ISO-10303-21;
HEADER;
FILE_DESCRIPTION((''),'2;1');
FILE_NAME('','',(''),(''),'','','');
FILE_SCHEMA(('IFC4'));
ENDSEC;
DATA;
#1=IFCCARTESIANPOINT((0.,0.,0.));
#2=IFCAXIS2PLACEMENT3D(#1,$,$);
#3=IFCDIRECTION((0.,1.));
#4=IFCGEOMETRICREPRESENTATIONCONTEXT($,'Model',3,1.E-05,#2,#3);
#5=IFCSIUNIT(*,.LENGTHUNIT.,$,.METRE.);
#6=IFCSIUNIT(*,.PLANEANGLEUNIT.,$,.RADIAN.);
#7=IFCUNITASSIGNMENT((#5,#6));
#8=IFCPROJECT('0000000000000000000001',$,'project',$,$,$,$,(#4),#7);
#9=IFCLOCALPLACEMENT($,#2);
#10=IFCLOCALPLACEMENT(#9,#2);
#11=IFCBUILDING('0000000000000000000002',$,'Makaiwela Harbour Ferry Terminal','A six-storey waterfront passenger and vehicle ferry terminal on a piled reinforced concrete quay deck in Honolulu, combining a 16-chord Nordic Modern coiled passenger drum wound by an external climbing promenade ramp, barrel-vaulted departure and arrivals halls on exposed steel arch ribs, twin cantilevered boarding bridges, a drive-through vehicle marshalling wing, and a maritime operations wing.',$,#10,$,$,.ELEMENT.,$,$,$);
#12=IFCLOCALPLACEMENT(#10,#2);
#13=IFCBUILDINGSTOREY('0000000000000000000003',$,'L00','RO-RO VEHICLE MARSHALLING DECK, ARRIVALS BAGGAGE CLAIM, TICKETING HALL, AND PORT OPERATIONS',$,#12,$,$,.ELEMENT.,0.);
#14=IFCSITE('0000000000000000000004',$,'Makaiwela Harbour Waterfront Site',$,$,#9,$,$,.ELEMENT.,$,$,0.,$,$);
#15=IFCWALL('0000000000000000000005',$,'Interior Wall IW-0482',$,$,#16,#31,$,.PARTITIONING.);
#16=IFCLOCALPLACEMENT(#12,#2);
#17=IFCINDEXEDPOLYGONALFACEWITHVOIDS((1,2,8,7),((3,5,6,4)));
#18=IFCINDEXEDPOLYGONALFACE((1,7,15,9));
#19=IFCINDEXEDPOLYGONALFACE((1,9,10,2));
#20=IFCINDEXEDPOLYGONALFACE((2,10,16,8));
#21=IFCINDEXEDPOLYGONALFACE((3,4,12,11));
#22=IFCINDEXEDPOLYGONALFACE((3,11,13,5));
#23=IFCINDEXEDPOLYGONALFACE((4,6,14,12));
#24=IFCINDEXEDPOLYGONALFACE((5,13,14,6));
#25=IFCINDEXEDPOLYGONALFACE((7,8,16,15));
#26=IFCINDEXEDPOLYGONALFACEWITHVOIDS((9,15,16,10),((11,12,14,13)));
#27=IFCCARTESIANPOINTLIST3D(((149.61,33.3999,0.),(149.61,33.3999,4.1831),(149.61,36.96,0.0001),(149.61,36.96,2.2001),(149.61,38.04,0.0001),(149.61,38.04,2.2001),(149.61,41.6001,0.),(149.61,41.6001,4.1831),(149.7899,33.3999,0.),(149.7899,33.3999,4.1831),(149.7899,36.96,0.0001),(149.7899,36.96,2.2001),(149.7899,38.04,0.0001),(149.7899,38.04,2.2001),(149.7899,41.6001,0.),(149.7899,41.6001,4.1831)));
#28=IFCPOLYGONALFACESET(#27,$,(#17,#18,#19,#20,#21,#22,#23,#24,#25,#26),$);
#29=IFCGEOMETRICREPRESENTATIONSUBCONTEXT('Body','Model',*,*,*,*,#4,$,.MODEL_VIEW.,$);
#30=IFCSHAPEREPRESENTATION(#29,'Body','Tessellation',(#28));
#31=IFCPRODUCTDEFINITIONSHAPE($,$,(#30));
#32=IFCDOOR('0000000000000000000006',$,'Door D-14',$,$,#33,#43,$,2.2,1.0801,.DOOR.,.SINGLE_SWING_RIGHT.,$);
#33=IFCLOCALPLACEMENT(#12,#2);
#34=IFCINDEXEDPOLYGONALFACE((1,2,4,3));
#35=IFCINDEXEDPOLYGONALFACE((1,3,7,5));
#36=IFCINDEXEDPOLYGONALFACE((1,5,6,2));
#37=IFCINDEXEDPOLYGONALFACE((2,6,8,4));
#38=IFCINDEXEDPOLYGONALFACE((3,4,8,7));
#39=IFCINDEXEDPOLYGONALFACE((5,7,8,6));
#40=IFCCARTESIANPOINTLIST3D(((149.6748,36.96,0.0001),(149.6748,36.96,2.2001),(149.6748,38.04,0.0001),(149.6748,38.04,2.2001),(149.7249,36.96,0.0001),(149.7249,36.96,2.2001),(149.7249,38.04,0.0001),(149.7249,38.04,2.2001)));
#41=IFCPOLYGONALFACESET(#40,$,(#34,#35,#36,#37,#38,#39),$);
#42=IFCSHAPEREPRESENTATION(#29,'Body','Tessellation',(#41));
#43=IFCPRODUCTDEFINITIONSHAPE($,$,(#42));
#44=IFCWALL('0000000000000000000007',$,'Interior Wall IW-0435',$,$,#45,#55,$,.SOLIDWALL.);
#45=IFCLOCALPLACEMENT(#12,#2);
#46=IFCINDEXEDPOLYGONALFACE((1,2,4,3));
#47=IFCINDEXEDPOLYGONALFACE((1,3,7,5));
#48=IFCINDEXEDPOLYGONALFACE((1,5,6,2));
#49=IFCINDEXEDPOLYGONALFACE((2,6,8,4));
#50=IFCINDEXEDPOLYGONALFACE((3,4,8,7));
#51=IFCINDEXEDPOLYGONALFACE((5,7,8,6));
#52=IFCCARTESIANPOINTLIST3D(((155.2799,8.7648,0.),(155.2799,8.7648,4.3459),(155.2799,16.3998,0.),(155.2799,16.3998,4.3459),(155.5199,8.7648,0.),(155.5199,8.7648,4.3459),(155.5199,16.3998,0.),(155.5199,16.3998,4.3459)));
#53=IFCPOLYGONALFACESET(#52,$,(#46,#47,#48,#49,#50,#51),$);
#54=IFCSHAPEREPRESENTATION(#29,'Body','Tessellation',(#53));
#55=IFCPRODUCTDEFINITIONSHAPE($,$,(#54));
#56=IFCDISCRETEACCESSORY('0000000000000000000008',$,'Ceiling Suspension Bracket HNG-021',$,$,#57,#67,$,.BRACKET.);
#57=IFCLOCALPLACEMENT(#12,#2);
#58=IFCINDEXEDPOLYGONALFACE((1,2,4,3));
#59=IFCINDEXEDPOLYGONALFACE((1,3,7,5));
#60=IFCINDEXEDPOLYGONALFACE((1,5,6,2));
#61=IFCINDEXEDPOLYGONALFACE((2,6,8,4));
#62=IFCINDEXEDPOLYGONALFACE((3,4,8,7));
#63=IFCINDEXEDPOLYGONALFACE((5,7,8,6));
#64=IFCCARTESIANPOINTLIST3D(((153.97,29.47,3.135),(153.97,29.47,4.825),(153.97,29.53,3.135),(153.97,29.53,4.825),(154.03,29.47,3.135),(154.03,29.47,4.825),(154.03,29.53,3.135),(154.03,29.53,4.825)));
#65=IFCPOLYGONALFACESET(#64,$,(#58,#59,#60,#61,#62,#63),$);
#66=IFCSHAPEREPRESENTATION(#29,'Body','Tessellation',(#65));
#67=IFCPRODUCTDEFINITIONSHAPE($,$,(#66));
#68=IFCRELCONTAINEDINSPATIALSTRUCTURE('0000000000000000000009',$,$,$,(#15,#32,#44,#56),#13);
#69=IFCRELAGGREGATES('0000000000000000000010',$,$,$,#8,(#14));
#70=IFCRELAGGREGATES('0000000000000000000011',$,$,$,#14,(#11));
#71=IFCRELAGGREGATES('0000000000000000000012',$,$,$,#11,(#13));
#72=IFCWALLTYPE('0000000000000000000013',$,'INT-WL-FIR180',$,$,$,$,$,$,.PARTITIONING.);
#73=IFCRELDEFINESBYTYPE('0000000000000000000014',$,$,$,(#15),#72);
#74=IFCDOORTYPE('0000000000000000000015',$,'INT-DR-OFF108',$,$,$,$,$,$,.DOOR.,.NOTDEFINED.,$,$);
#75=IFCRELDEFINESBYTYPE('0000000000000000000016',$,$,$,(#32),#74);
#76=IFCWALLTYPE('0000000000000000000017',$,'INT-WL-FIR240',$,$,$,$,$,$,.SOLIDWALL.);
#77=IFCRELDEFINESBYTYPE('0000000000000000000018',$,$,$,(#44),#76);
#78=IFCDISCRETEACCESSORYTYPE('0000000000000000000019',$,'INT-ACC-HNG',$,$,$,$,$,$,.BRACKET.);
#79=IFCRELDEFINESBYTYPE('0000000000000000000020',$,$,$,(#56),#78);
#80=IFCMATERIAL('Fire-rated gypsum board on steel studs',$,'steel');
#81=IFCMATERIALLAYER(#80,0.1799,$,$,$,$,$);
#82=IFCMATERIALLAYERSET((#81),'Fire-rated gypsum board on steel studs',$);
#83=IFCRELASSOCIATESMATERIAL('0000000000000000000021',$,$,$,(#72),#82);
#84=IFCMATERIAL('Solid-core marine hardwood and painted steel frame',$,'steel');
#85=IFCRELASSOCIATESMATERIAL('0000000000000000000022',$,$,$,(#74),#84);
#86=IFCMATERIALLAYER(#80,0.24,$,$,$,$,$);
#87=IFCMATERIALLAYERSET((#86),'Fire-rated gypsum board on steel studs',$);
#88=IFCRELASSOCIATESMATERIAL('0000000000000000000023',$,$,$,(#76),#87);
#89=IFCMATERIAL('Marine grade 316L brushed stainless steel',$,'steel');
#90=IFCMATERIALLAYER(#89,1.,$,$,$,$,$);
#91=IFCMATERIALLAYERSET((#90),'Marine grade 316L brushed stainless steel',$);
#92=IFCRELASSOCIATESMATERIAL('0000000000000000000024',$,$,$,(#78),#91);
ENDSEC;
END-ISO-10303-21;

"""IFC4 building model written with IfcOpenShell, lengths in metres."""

from ifc_helpers import new_model, si_unit, direction, frame, frame_2d, origin, origin_2d, place, context, subcontext, project, spatial, rectangle, extrude, material, layer, layer_set, type_object, element, fill, save


model = new_model("IFC4")

# Units and contexts
model_context = context("Model", 3, precision=1e-05, world=origin(), true_north=direction((0.0, 1.0)))
body_context = subcontext(model_context, "Body", "Model", "MODEL_VIEW")
ifc_project = project(units=[si_unit("LENGTHUNIT", "METRE"), si_unit("PLANEANGLEUNIT", "RADIAN")], contexts=[model_context])

# Site, building, storey
site_placement = place(None, origin())
site = spatial("IfcSite", under=ifc_project, at=site_placement, Name="Makaiwela Harbour Waterfront Site", CompositionType="ELEMENT", RefElevation=0.0)
building_placement = place(site_placement, origin())
building = spatial("IfcBuilding", under=site, at=building_placement, Name="Makaiwela Harbour Ferry Terminal", Description="A six-storey waterfront passenger and vehicle ferry terminal on a piled reinforced concrete quay deck in Honolulu, combining a 16-chord Nordic Modern coiled passenger drum wound by an external climbing promenade ramp, barrel-vaulted departure and arrivals halls on exposed steel arch ribs, twin cantilevered boarding bridges, a drive-through vehicle marshalling wing, and a maritime operations wing.", CompositionType="ELEMENT")
storey_placement = place(building_placement, origin())
storey = spatial("IfcBuildingStorey", under=building, at=storey_placement, Name="L00", Description="RO-RO VEHICLE MARSHALLING DECK, ARRIVALS BAGGAGE CLAIM, TICKETING HALL, AND PORT OPERATIONS", CompositionType="ELEMENT", Elevation=0.0)

# Wall, opening, door
ifc_material_1 = material(Name="Fire-rated gypsum board on steel studs", Category="steel")
ifc_layer_1 = layer(ifc_material_1, 0.1799)
ifc_layer_set_1 = layer_set([ifc_layer_1], Name="Fire-rated gypsum board on steel studs")
wall_type_1 = type_object("IfcWallType", Name="INT-WL-FIR180", PredefinedType="PARTITIONING", material=ifc_layer_set_1)
wall_1_placement = place(storey_placement, frame((149.7, 33.3999, 0.0), z_axis=(0.0, 0.0, 1.0), x_axis=(0.0, 1.0, 0.0)))
wall_1 = element("IfcWall", 1, at=wall_1_placement, inside=storey, type_object=wall_type_1, Name="Interior Wall IW-0482", PredefinedType="PARTITIONING", context=body_context, shape_type="SweptSolid", body=[
    extrude(rectangle(XDim=8.2002, YDim=0.1799, at=frame_2d((4.1001, 0.0))), origin(), (0.0, 0.0, 1.0), 4.1831),
])
opening_1_placement = place(wall_1_placement, frame((3.5601, 0.0, 0.0)))
opening_1 = element("IfcOpeningElement", 2, at=opening_1_placement, cuts=wall_1, PredefinedType="OPENING", context=body_context, shape_type="SweptSolid", body=[
    extrude(rectangle(XDim=1.0801, YDim=2.2, at=frame_2d((0.54, 1.1001))), frame((0.0, 0.0999, 0.0), z_axis=(0.0, -1.0, 0.0), x_axis=(1.0, 0.0, 0.0)), (0.0, 0.0, 1.0), 0.2),
])
ifc_material_2 = material(Name="Solid-core marine hardwood and painted steel frame", Category="steel")
door_type_1 = type_object("IfcDoorType", Name="INT-DR-OFF108", OperationType="NOTDEFINED", PredefinedType="DOOR", material=ifc_material_2)
door_1_placement = place(opening_1_placement, frame((1.0801, 0.0, 0.0), z_axis=(0.0, 0.0, 1.0), x_axis=(-1.0, 0.0, 0.0)))
door_1 = element("IfcDoor", 3, at=door_1_placement, inside=storey, type_object=door_type_1, Name="Door D-14", OperationType="SINGLE_SWING_RIGHT", OverallHeight=2.2, OverallWidth=1.0801, PredefinedType="DOOR", context=body_context, shape_type="SweptSolid", body=[
    extrude(rectangle(XDim=1.0801, YDim=2.2, at=frame_2d((0.54, 1.1001))), frame((0.0, 0.0249, 0.0), z_axis=(0.0, -1.0, 0.0), x_axis=(1.0, 0.0, 0.0)), (0.0, 0.0, 1.0), 0.05),
])
fill(opening_1, door_1)

# Wall
ifc_layer_2 = layer(ifc_material_1, 0.24)
ifc_layer_set_2 = layer_set([ifc_layer_2], Name="Fire-rated gypsum board on steel studs")
wall_type_2 = type_object("IfcWallType", Name="INT-WL-FIR240", PredefinedType="SOLIDWALL", material=ifc_layer_set_2)
wall_2_placement = place(storey_placement, frame((155.3999, 8.7649, 0.0), z_axis=(0.0, 0.0, 1.0), x_axis=(0.0, 1.0, 0.0)))
element("IfcWall", 4, at=wall_2_placement, inside=storey, type_object=wall_type_2, Name="Interior Wall IW-0435", PredefinedType="SOLIDWALL", context=body_context, shape_type="SweptSolid", body=[
    extrude(rectangle(XDim=7.635, YDim=0.24, at=frame_2d((3.8174, 0.0))), origin(), (0.0, 0.0, 1.0), 4.3459),
])

# Discrete accessory
ifc_material_3 = material(Name="Marine grade 316L brushed stainless steel", Category="steel")
ifc_layer_3 = layer(ifc_material_3, 1.0)
ifc_layer_set_3 = layer_set([ifc_layer_3], Name="Marine grade 316L brushed stainless steel")
discrete_accessory_type = type_object("IfcDiscreteAccessoryType", Name="INT-ACC-HNG", PredefinedType="BRACKET", material=ifc_layer_set_3)
discrete_accessory_placement = place(storey_placement, frame((154.0, 29.5, 3.135), z_axis=(0.0, 0.0, 1.0), x_axis=(1.0, 0.0, 0.0)))
element("IfcDiscreteAccessory", 5, at=discrete_accessory_placement, inside=storey, type_object=discrete_accessory_type, Name="Ceiling Suspension Bracket HNG-021", PredefinedType="BRACKET", context=body_context, shape_type="SweptSolid", body=[
    extrude(rectangle(XDim=0.0601, YDim=0.0601, at=origin_2d()), origin(), (0.0, 0.0, 1.0), 1.6899),
])

save(model, "model.ifc")
